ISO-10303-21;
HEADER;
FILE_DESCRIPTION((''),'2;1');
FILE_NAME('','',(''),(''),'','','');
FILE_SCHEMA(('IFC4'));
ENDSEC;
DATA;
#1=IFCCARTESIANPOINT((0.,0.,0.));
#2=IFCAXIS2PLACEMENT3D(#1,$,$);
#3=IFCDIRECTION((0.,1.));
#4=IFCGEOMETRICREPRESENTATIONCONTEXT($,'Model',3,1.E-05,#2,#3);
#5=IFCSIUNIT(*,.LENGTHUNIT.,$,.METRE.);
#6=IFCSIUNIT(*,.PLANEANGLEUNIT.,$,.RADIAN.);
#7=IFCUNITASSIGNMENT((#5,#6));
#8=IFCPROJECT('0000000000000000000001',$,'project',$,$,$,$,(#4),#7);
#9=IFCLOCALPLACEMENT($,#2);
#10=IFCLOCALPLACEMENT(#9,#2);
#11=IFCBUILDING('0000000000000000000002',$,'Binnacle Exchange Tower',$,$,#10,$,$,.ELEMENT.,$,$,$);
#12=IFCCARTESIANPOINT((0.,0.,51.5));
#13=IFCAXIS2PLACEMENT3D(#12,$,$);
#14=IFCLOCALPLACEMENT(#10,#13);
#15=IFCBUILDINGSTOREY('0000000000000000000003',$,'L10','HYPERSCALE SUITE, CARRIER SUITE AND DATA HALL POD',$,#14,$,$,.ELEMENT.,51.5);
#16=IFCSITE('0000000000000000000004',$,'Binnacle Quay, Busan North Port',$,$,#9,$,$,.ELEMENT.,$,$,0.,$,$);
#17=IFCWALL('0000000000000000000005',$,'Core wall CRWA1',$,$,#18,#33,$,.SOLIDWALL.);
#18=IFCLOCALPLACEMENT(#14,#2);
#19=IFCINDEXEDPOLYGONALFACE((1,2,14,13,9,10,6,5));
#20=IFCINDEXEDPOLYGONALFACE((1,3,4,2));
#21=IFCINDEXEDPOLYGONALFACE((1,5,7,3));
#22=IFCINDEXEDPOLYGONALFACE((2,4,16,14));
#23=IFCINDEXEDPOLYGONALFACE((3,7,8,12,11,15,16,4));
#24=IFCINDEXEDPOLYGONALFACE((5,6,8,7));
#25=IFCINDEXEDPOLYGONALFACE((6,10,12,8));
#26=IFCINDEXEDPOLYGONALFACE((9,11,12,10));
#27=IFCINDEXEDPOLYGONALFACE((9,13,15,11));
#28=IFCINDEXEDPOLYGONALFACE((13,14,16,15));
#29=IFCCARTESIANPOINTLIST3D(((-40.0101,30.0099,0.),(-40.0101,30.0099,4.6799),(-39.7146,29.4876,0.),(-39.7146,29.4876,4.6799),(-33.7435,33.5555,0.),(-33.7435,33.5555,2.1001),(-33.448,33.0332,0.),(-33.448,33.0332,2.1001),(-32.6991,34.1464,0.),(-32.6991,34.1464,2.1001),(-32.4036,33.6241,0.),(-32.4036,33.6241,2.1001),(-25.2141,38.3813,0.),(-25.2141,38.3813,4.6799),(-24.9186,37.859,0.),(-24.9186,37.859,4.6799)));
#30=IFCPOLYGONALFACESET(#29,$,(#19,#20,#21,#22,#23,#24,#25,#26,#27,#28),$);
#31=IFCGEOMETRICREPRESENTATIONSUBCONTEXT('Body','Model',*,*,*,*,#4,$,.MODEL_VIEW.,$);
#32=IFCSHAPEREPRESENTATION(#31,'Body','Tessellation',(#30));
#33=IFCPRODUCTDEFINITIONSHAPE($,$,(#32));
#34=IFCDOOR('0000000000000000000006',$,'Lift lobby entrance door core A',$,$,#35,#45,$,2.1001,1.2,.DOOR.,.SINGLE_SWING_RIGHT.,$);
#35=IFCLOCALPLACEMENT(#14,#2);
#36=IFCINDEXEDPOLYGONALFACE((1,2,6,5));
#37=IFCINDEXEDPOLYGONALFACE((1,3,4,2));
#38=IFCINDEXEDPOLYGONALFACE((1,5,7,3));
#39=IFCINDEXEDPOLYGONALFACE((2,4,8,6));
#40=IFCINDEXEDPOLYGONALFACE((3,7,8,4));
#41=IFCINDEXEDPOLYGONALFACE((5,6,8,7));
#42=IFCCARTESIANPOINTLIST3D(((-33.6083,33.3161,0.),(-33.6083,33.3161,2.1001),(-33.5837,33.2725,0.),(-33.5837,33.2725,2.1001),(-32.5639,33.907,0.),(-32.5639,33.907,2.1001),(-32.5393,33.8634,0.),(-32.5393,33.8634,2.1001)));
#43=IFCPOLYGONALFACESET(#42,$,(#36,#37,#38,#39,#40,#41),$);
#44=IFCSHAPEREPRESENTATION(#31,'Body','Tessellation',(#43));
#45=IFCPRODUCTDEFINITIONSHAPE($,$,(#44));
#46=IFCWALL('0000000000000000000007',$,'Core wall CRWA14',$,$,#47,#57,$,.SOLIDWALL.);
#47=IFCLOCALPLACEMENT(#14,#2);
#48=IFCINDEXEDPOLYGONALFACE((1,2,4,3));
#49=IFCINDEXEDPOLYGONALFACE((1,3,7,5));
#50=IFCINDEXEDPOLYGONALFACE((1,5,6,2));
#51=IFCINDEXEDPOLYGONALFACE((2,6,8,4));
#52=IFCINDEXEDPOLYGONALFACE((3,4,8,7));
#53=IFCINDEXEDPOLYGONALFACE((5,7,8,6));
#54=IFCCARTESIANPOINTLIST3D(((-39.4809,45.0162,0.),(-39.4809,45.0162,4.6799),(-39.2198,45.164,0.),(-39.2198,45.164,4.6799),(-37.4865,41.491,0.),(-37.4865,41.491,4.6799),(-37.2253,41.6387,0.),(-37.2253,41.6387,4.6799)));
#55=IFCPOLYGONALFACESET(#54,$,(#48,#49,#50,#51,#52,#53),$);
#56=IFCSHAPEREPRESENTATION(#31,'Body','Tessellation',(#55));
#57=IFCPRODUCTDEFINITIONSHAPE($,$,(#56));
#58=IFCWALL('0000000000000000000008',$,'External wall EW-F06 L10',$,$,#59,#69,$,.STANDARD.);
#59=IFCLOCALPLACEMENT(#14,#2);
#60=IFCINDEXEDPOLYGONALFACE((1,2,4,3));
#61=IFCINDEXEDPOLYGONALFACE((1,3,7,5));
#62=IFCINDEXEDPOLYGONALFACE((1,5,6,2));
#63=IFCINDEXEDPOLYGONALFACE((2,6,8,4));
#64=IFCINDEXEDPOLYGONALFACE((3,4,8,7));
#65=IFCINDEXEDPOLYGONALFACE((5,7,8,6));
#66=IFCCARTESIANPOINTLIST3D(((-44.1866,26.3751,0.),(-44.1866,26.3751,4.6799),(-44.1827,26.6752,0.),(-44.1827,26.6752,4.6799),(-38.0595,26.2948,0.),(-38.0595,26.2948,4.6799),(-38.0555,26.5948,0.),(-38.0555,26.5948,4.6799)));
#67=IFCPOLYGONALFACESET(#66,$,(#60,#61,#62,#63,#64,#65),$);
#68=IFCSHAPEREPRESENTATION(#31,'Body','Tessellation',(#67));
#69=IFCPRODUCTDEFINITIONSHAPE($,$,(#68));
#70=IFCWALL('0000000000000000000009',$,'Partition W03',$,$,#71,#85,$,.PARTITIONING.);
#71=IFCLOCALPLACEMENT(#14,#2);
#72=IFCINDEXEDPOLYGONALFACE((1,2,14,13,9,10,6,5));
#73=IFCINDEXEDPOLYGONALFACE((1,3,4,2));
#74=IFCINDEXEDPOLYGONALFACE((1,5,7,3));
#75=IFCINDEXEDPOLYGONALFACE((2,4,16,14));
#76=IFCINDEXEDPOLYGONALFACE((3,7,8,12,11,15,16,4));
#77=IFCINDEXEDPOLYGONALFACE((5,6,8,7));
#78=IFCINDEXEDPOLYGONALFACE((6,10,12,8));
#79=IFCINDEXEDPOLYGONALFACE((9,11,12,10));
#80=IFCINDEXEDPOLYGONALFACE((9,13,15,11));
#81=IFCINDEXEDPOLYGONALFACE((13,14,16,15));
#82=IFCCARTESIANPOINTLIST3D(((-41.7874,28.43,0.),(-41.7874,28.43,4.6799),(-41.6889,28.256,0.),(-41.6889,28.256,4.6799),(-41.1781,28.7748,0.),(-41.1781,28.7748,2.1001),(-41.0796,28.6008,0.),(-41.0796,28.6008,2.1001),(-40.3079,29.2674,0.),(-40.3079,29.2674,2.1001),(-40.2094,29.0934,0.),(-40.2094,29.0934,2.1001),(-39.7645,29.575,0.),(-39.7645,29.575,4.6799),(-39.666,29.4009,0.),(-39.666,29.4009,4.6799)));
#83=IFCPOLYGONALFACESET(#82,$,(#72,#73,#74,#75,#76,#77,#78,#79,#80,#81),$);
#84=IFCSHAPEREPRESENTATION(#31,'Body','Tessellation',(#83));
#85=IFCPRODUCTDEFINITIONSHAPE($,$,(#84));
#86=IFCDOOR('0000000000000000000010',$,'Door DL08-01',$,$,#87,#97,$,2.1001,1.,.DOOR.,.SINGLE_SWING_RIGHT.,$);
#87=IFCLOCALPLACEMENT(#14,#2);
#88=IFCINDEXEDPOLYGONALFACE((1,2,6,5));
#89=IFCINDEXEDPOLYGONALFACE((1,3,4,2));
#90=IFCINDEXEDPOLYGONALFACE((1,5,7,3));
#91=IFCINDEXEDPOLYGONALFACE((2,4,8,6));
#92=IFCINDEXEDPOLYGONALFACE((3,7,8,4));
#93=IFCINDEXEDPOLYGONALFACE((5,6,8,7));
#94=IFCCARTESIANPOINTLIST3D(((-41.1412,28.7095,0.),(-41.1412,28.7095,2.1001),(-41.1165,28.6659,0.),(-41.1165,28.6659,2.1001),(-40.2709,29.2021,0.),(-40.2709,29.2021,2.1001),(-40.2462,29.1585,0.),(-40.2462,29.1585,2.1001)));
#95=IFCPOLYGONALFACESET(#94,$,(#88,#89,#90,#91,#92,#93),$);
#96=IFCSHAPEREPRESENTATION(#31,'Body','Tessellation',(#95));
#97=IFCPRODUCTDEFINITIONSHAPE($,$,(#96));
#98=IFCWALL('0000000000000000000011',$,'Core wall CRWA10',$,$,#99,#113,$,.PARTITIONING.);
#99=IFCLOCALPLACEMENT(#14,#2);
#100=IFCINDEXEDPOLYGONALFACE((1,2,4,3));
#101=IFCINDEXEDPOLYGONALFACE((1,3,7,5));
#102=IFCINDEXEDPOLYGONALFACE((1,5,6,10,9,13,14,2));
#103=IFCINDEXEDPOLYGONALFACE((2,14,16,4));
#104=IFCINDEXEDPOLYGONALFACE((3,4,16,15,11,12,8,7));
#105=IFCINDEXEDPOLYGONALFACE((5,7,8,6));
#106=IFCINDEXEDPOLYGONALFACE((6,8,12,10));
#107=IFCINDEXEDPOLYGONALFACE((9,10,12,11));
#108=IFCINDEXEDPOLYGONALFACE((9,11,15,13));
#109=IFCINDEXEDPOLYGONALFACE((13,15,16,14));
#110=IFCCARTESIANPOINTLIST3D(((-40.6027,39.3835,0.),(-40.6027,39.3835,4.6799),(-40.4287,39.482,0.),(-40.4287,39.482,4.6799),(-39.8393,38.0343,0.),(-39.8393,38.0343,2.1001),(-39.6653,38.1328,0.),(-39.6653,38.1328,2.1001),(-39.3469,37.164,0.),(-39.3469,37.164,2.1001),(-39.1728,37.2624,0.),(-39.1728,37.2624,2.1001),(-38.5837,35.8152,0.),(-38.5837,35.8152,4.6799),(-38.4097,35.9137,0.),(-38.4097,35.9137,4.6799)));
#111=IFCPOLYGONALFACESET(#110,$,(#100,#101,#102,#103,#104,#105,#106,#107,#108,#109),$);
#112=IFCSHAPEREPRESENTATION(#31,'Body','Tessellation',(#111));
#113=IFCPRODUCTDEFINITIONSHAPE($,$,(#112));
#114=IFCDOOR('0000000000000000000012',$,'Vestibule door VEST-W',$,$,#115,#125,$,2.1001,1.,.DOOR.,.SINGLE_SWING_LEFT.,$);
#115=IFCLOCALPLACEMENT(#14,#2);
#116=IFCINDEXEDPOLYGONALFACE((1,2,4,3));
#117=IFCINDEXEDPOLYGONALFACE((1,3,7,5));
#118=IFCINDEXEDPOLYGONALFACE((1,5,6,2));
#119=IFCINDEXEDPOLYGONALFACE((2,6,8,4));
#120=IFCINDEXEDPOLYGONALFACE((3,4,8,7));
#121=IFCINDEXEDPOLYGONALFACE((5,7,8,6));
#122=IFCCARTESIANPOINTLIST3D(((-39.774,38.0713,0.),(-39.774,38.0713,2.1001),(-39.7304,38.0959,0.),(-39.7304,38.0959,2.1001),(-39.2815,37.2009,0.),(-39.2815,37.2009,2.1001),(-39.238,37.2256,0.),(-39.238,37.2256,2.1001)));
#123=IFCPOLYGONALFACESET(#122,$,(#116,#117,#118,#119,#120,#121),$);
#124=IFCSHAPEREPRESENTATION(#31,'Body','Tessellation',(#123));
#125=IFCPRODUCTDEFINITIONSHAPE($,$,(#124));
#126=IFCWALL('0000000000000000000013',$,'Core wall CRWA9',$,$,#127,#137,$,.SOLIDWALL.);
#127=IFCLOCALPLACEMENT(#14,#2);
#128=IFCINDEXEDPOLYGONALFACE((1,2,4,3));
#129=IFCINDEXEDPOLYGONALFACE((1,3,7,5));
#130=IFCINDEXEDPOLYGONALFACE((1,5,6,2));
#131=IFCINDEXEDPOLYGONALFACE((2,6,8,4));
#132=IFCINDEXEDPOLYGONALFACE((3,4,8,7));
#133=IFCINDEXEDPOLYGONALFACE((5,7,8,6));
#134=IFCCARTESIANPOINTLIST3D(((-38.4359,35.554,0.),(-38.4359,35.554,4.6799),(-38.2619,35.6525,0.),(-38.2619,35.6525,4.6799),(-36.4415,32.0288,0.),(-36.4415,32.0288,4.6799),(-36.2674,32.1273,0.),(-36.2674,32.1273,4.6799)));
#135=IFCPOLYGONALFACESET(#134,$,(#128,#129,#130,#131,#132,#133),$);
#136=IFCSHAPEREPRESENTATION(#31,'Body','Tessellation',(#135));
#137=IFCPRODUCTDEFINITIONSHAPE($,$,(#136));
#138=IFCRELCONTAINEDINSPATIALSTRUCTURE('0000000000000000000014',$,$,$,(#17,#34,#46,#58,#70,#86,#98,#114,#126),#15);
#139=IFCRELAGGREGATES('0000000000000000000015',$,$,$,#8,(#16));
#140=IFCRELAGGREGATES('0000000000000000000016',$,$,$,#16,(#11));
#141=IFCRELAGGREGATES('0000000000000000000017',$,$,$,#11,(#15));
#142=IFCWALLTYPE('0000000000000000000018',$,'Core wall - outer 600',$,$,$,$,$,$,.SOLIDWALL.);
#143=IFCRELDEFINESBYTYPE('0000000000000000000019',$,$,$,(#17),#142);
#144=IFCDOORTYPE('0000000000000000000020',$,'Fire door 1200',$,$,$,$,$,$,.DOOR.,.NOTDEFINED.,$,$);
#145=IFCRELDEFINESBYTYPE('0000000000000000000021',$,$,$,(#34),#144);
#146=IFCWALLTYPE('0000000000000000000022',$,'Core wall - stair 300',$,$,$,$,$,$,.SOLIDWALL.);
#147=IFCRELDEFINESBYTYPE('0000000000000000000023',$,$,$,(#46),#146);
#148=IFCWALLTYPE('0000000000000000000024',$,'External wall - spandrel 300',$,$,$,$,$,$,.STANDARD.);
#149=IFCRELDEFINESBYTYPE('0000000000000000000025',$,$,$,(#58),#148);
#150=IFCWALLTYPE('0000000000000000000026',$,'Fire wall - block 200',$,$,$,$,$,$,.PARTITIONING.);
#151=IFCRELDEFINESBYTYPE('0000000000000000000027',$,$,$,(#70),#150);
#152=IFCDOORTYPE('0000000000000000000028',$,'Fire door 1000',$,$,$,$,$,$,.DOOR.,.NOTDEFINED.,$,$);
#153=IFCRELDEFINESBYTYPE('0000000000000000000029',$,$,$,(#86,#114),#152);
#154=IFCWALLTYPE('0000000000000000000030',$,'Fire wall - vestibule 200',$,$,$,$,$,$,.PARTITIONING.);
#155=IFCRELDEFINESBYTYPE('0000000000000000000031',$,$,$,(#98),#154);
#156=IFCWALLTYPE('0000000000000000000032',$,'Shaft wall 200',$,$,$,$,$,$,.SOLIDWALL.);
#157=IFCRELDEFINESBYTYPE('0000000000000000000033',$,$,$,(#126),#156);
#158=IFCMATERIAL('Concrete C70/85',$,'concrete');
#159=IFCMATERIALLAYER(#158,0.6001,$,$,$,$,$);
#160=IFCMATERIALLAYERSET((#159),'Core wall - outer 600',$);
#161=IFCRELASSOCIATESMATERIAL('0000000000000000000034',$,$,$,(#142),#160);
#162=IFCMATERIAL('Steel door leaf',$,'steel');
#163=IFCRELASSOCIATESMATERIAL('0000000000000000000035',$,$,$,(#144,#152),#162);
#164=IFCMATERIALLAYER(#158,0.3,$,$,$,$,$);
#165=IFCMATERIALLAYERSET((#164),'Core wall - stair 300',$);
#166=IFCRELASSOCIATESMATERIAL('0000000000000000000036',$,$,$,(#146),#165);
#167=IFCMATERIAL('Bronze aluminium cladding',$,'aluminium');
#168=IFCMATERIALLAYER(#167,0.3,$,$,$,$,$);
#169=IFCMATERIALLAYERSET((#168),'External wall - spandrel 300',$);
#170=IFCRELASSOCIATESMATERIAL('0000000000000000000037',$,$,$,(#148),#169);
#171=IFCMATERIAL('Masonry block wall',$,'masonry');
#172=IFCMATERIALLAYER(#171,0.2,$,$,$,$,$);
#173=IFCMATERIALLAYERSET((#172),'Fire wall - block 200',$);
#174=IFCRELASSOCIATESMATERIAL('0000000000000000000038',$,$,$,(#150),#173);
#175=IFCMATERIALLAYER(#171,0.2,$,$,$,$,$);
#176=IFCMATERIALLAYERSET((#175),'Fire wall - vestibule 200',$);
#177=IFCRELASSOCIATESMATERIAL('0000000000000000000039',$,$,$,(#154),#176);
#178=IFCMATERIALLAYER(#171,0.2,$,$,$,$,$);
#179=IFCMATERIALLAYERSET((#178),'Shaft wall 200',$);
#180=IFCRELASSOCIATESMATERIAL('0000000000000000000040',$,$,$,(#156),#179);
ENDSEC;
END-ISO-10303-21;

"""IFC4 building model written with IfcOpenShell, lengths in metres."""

from ifc_helpers import new_model, si_unit, direction, frame, frame_2d, origin, place, context, subcontext, project, spatial, rectangle, extrude, material, layer, layer_set, type_object, element, fill, save


model = new_model("IFC4")

# Units and contexts
model_context = context("Model", 3, precision=1e-05, world=origin(), true_north=direction((0.0, 1.0)))
body_context = subcontext(model_context, "Body", "Model", "MODEL_VIEW")
ifc_project = project(units=[si_unit("LENGTHUNIT", "METRE"), si_unit("PLANEANGLEUNIT", "RADIAN")], contexts=[model_context])

# Site, building, storey
site_placement = place(None, origin())
site = spatial("IfcSite", under=ifc_project, at=site_placement, Name="Binnacle Quay, Busan North Port", CompositionType="ELEMENT", RefElevation=0.0)
building_placement = place(site_placement, origin())
building = spatial("IfcBuilding", under=site, at=building_placement, Name="Binnacle Exchange Tower", CompositionType="ELEMENT")
storey_placement = place(building_placement, frame((0.0, 0.0, 51.5)))
storey = spatial("IfcBuildingStorey", under=building, at=storey_placement, Name="L10", Description="HYPERSCALE SUITE, CARRIER SUITE AND DATA HALL POD", CompositionType="ELEMENT", Elevation=51.5)

# Shared definitions
ifc_material_1 = material(Name="Concrete C70/85", Category="concrete")

# Shared definitions
ifc_material_2 = material(Name="Steel door leaf", Category="steel")

# Wall, opening, door
ifc_layer_1 = layer(ifc_material_1, 0.6001)
ifc_layer_set_1 = layer_set([ifc_layer_1], Name="Core wall - outer 600")
wall_type_1 = type_object("IfcWallType", Name="Core wall - outer 600", PredefinedType="SOLIDWALL", material=ifc_layer_set_1)
wall_1_placement = place(storey_placement, frame((-39.8623, 29.7488, 0.0), z_axis=(0.0, 0.0, 1.0), x_axis=(0.87035, 0.492433, 0.0)))
wall_1 = element("IfcWall", 1, at=wall_1_placement, inside=storey, type_object=wall_type_1, Name="Core wall CRWA1", PredefinedType="SOLIDWALL", context=body_context, shape_type="SweptSolid", body=[
    extrude(rectangle(XDim=17.0, YDim=0.6001, at=frame_2d((8.5, 0.0))), origin(), (0.0, 0.0, 1.0), 4.6799),
])
opening_1_placement = place(wall_1_placement, frame((7.2, 0.0, 0.0)))
opening_1 = element("IfcOpeningElement", 2, at=opening_1_placement, cuts=wall_1, PredefinedType="OPENING", context=body_context, shape_type="SweptSolid", body=[
    extrude(rectangle(XDim=1.2, YDim=2.1001, at=frame_2d((0.6001, 1.05))), frame((0.0, 0.3101, 0.0), z_axis=(0.0, -1.0, 0.0), x_axis=(1.0, 0.0, 0.0)), (0.0, 0.0, 1.0), 0.6201),
])
door_type_1 = type_object("IfcDoorType", Name="Fire door 1200", OperationType="NOTDEFINED", PredefinedType="DOOR", material=ifc_material_2)
door_1_placement = place(opening_1_placement, frame((1.2, 0.0, 0.0), z_axis=(0.0, 0.0, 1.0), x_axis=(-1.0, 0.0, 0.0)))
door_1 = element("IfcDoor", 3, at=door_1_placement, inside=storey, type_object=door_type_1, Name="Lift lobby entrance door core A", OperationType="SINGLE_SWING_RIGHT", OverallHeight=2.1001, OverallWidth=1.2, PredefinedType="DOOR", context=body_context, shape_type="SweptSolid", body=[
    extrude(rectangle(XDim=1.2, YDim=2.1001, at=frame_2d((0.6001, 1.05))), frame((0.0, 0.0249, 0.0), z_axis=(0.0, -1.0, 0.0), x_axis=(1.0, 0.0, 0.0)), (0.0, 0.0, 1.0), 0.05),
])
fill(opening_1, door_1)

# Walls
ifc_layer_2 = layer(ifc_material_1, 0.3)
ifc_layer_set_2 = layer_set([ifc_layer_2], Name="Core wall - stair 300")
wall_type_2 = type_object("IfcWallType", Name="Core wall - stair 300", PredefinedType="SOLIDWALL", material=ifc_layer_set_2)
wall_2_placement = place(storey_placement, frame((-39.3503, 45.0901, 0.0), z_axis=(0.0, 0.0, 1.0), x_axis=(0.492415, -0.870361, 0.0)))
element("IfcWall", 4, at=wall_2_placement, inside=storey, type_object=wall_type_2, Name="Core wall CRWA14", PredefinedType="SOLIDWALL", context=body_context, shape_type="SweptSolid", body=[
    extrude(rectangle(XDim=4.0503, YDim=0.3, at=frame_2d((2.0251, 0.0))), origin(), (0.0, 0.0, 1.0), 4.6799),
])
ifc_material_3 = material(Name="Bronze aluminium cladding", Category="aluminium")
ifc_layer_3 = layer(ifc_material_3, 0.3)
ifc_layer_set_3 = layer_set([ifc_layer_3], Name="External wall - spandrel 300")
wall_type_3 = type_object("IfcWallType", Name="External wall - spandrel 300", PredefinedType="STANDARD", material=ifc_layer_set_3)
wall_3_placement = place(storey_placement, frame((-38.0574, 26.4448, 0.0), z_axis=(0.0, 0.0, 1.0), x_axis=(-0.999914, 0.013108, 0.0)))
element("IfcWall", 5, at=wall_3_placement, inside=storey, type_object=wall_type_3, Name="External wall EW-F06 L10", PredefinedType="STANDARD", context=body_context, shape_type="SweptSolid", body=[
    extrude(rectangle(XDim=6.1277, YDim=0.3, at=frame_2d((3.064, 0.0))), origin(), (0.0, 0.0, 1.0), 4.6799),
])

# Walls, openings, doors
ifc_material_4 = material(Name="Masonry block wall", Category="masonry")
ifc_layer_4 = layer(ifc_material_4, 0.2)
ifc_layer_set_4 = layer_set([ifc_layer_4], Name="Fire wall - block 200")
wall_type_4 = type_object("IfcWallType", Name="Fire wall - block 200", PredefinedType="PARTITIONING", material=ifc_layer_set_4)
wall_4_placement = place(storey_placement, frame((-41.738, 28.343, 0.0), z_axis=(0.0, 0.0, 1.0), x_axis=(0.870265, 0.492583, 0.0)))
wall_4 = element("IfcWall", 6, at=wall_4_placement, inside=storey, type_object=wall_type_4, Name="Partition W03", PredefinedType="PARTITIONING", context=body_context, shape_type="SweptSolid", body=[
    extrude(rectangle(XDim=2.3245, YDim=0.2, at=frame_2d((1.1621, 0.0))), origin(), (0.0, 0.0, 1.0), 4.6799),
])
opening_2_placement = place(wall_4_placement, frame((0.7, 0.0, 0.0)))
opening_2 = element("IfcOpeningElement", 7, at=opening_2_placement, cuts=wall_4, PredefinedType="OPENING", context=body_context, shape_type="SweptSolid", body=[
    extrude(rectangle(XDim=1.0, YDim=2.1001, at=frame_2d((0.5, 1.05))), frame((0.0, 0.1099, 0.0), z_axis=(0.0, -1.0, 0.0), x_axis=(1.0, 0.0, 0.0)), (0.0, 0.0, 1.0), 0.22),
])
door_type_2 = type_object("IfcDoorType", Name="Fire door 1000", OperationType="NOTDEFINED", PredefinedType="DOOR", material=ifc_material_2)
door_2_placement = place(opening_2_placement, origin())
door_2 = element("IfcDoor", 8, at=door_2_placement, inside=storey, type_object=door_type_2, Name="Door DL08-01", OperationType="SINGLE_SWING_RIGHT", OverallHeight=2.1001, OverallWidth=1.0, PredefinedType="DOOR", context=body_context, shape_type="SweptSolid", body=[
    extrude(rectangle(XDim=1.0, YDim=2.1001, at=frame_2d((0.5, 1.05))), frame((0.0, 0.0249, 0.0), z_axis=(0.0, -1.0, 0.0), x_axis=(1.0, 0.0, 0.0)), (0.0, 0.0, 1.0), 0.05),
])
fill(opening_2, door_2)
ifc_layer_5 = layer(ifc_material_4, 0.2)
ifc_layer_set_5 = layer_set([ifc_layer_5], Name="Fire wall - vestibule 200")
wall_type_5 = type_object("IfcWallType", Name="Fire wall - vestibule 200", PredefinedType="PARTITIONING", material=ifc_layer_set_5)
wall_5_placement = place(storey_placement, frame((-40.5156, 39.4326, 0.0), z_axis=(0.0, 0.0, 1.0), x_axis=(0.492454, -0.870339, 0.0)))
wall_5 = element("IfcWall", 9, at=wall_5_placement, inside=storey, type_object=wall_type_5, Name="Core wall CRWA10", PredefinedType="PARTITIONING", context=body_context, shape_type="SweptSolid", body=[
    extrude(rectangle(XDim=4.0999, YDim=0.2, at=frame_2d((2.0498, 0.0))), origin(), (0.0, 0.0, 1.0), 4.6799),
])
opening_3_placement = place(wall_5_placement, frame((1.55, 0.0, 0.0)))
opening_3 = element("IfcOpeningElement", 10, at=opening_3_placement, cuts=wall_5, PredefinedType="OPENING", context=body_context, shape_type="SweptSolid", body=[
    extrude(rectangle(XDim=1.0, YDim=2.1001, at=frame_2d((0.5, 1.05))), frame((0.0, 0.1099, 0.0), z_axis=(0.0, -1.0, 0.0), x_axis=(1.0, 0.0, 0.0)), (0.0, 0.0, 1.0), 0.22),
])
door_3_placement = place(opening_3_placement, frame((1.0, 0.0, 0.0), z_axis=(0.0, 0.0, 1.0), x_axis=(-1.0, 0.0, 0.0)))
door_3 = element("IfcDoor", 11, at=door_3_placement, inside=storey, type_object=door_type_2, Name="Vestibule door VEST-W", OperationType="SINGLE_SWING_LEFT", OverallHeight=2.1001, OverallWidth=1.0, PredefinedType="DOOR", context=body_context, shape_type="SweptSolid", body=[
    extrude(rectangle(XDim=1.0, YDim=2.1001, at=frame_2d((0.5, 1.05))), frame((0.0, 0.0249, 0.0), z_axis=(0.0, -1.0, 0.0), x_axis=(1.0, 0.0, 0.0)), (0.0, 0.0, 1.0), 0.05),
])
fill(opening_3, door_3)

# Wall
ifc_layer_6 = layer(ifc_material_4, 0.2)
ifc_layer_set_6 = layer_set([ifc_layer_6], Name="Shaft wall 200")
wall_type_6 = type_object("IfcWallType", Name="Shaft wall 200", PredefinedType="SOLIDWALL", material=ifc_layer_set_6)
wall_6_placement = place(storey_placement, frame((-38.3489, 35.6033, 0.0), z_axis=(0.0, 0.0, 1.0), x_axis=(0.492415, -0.870361, 0.0)))
element("IfcWall", 12, at=wall_6_placement, inside=storey, type_object=wall_type_6, Name="Core wall CRWA9", PredefinedType="SOLIDWALL", context=body_context, shape_type="SweptSolid", body=[
    extrude(rectangle(XDim=4.0503, YDim=0.2, at=frame_2d((2.0251, 0.0))), origin(), (0.0, 0.0, 1.0), 4.6799),
])

save(model, "model.ifc")
